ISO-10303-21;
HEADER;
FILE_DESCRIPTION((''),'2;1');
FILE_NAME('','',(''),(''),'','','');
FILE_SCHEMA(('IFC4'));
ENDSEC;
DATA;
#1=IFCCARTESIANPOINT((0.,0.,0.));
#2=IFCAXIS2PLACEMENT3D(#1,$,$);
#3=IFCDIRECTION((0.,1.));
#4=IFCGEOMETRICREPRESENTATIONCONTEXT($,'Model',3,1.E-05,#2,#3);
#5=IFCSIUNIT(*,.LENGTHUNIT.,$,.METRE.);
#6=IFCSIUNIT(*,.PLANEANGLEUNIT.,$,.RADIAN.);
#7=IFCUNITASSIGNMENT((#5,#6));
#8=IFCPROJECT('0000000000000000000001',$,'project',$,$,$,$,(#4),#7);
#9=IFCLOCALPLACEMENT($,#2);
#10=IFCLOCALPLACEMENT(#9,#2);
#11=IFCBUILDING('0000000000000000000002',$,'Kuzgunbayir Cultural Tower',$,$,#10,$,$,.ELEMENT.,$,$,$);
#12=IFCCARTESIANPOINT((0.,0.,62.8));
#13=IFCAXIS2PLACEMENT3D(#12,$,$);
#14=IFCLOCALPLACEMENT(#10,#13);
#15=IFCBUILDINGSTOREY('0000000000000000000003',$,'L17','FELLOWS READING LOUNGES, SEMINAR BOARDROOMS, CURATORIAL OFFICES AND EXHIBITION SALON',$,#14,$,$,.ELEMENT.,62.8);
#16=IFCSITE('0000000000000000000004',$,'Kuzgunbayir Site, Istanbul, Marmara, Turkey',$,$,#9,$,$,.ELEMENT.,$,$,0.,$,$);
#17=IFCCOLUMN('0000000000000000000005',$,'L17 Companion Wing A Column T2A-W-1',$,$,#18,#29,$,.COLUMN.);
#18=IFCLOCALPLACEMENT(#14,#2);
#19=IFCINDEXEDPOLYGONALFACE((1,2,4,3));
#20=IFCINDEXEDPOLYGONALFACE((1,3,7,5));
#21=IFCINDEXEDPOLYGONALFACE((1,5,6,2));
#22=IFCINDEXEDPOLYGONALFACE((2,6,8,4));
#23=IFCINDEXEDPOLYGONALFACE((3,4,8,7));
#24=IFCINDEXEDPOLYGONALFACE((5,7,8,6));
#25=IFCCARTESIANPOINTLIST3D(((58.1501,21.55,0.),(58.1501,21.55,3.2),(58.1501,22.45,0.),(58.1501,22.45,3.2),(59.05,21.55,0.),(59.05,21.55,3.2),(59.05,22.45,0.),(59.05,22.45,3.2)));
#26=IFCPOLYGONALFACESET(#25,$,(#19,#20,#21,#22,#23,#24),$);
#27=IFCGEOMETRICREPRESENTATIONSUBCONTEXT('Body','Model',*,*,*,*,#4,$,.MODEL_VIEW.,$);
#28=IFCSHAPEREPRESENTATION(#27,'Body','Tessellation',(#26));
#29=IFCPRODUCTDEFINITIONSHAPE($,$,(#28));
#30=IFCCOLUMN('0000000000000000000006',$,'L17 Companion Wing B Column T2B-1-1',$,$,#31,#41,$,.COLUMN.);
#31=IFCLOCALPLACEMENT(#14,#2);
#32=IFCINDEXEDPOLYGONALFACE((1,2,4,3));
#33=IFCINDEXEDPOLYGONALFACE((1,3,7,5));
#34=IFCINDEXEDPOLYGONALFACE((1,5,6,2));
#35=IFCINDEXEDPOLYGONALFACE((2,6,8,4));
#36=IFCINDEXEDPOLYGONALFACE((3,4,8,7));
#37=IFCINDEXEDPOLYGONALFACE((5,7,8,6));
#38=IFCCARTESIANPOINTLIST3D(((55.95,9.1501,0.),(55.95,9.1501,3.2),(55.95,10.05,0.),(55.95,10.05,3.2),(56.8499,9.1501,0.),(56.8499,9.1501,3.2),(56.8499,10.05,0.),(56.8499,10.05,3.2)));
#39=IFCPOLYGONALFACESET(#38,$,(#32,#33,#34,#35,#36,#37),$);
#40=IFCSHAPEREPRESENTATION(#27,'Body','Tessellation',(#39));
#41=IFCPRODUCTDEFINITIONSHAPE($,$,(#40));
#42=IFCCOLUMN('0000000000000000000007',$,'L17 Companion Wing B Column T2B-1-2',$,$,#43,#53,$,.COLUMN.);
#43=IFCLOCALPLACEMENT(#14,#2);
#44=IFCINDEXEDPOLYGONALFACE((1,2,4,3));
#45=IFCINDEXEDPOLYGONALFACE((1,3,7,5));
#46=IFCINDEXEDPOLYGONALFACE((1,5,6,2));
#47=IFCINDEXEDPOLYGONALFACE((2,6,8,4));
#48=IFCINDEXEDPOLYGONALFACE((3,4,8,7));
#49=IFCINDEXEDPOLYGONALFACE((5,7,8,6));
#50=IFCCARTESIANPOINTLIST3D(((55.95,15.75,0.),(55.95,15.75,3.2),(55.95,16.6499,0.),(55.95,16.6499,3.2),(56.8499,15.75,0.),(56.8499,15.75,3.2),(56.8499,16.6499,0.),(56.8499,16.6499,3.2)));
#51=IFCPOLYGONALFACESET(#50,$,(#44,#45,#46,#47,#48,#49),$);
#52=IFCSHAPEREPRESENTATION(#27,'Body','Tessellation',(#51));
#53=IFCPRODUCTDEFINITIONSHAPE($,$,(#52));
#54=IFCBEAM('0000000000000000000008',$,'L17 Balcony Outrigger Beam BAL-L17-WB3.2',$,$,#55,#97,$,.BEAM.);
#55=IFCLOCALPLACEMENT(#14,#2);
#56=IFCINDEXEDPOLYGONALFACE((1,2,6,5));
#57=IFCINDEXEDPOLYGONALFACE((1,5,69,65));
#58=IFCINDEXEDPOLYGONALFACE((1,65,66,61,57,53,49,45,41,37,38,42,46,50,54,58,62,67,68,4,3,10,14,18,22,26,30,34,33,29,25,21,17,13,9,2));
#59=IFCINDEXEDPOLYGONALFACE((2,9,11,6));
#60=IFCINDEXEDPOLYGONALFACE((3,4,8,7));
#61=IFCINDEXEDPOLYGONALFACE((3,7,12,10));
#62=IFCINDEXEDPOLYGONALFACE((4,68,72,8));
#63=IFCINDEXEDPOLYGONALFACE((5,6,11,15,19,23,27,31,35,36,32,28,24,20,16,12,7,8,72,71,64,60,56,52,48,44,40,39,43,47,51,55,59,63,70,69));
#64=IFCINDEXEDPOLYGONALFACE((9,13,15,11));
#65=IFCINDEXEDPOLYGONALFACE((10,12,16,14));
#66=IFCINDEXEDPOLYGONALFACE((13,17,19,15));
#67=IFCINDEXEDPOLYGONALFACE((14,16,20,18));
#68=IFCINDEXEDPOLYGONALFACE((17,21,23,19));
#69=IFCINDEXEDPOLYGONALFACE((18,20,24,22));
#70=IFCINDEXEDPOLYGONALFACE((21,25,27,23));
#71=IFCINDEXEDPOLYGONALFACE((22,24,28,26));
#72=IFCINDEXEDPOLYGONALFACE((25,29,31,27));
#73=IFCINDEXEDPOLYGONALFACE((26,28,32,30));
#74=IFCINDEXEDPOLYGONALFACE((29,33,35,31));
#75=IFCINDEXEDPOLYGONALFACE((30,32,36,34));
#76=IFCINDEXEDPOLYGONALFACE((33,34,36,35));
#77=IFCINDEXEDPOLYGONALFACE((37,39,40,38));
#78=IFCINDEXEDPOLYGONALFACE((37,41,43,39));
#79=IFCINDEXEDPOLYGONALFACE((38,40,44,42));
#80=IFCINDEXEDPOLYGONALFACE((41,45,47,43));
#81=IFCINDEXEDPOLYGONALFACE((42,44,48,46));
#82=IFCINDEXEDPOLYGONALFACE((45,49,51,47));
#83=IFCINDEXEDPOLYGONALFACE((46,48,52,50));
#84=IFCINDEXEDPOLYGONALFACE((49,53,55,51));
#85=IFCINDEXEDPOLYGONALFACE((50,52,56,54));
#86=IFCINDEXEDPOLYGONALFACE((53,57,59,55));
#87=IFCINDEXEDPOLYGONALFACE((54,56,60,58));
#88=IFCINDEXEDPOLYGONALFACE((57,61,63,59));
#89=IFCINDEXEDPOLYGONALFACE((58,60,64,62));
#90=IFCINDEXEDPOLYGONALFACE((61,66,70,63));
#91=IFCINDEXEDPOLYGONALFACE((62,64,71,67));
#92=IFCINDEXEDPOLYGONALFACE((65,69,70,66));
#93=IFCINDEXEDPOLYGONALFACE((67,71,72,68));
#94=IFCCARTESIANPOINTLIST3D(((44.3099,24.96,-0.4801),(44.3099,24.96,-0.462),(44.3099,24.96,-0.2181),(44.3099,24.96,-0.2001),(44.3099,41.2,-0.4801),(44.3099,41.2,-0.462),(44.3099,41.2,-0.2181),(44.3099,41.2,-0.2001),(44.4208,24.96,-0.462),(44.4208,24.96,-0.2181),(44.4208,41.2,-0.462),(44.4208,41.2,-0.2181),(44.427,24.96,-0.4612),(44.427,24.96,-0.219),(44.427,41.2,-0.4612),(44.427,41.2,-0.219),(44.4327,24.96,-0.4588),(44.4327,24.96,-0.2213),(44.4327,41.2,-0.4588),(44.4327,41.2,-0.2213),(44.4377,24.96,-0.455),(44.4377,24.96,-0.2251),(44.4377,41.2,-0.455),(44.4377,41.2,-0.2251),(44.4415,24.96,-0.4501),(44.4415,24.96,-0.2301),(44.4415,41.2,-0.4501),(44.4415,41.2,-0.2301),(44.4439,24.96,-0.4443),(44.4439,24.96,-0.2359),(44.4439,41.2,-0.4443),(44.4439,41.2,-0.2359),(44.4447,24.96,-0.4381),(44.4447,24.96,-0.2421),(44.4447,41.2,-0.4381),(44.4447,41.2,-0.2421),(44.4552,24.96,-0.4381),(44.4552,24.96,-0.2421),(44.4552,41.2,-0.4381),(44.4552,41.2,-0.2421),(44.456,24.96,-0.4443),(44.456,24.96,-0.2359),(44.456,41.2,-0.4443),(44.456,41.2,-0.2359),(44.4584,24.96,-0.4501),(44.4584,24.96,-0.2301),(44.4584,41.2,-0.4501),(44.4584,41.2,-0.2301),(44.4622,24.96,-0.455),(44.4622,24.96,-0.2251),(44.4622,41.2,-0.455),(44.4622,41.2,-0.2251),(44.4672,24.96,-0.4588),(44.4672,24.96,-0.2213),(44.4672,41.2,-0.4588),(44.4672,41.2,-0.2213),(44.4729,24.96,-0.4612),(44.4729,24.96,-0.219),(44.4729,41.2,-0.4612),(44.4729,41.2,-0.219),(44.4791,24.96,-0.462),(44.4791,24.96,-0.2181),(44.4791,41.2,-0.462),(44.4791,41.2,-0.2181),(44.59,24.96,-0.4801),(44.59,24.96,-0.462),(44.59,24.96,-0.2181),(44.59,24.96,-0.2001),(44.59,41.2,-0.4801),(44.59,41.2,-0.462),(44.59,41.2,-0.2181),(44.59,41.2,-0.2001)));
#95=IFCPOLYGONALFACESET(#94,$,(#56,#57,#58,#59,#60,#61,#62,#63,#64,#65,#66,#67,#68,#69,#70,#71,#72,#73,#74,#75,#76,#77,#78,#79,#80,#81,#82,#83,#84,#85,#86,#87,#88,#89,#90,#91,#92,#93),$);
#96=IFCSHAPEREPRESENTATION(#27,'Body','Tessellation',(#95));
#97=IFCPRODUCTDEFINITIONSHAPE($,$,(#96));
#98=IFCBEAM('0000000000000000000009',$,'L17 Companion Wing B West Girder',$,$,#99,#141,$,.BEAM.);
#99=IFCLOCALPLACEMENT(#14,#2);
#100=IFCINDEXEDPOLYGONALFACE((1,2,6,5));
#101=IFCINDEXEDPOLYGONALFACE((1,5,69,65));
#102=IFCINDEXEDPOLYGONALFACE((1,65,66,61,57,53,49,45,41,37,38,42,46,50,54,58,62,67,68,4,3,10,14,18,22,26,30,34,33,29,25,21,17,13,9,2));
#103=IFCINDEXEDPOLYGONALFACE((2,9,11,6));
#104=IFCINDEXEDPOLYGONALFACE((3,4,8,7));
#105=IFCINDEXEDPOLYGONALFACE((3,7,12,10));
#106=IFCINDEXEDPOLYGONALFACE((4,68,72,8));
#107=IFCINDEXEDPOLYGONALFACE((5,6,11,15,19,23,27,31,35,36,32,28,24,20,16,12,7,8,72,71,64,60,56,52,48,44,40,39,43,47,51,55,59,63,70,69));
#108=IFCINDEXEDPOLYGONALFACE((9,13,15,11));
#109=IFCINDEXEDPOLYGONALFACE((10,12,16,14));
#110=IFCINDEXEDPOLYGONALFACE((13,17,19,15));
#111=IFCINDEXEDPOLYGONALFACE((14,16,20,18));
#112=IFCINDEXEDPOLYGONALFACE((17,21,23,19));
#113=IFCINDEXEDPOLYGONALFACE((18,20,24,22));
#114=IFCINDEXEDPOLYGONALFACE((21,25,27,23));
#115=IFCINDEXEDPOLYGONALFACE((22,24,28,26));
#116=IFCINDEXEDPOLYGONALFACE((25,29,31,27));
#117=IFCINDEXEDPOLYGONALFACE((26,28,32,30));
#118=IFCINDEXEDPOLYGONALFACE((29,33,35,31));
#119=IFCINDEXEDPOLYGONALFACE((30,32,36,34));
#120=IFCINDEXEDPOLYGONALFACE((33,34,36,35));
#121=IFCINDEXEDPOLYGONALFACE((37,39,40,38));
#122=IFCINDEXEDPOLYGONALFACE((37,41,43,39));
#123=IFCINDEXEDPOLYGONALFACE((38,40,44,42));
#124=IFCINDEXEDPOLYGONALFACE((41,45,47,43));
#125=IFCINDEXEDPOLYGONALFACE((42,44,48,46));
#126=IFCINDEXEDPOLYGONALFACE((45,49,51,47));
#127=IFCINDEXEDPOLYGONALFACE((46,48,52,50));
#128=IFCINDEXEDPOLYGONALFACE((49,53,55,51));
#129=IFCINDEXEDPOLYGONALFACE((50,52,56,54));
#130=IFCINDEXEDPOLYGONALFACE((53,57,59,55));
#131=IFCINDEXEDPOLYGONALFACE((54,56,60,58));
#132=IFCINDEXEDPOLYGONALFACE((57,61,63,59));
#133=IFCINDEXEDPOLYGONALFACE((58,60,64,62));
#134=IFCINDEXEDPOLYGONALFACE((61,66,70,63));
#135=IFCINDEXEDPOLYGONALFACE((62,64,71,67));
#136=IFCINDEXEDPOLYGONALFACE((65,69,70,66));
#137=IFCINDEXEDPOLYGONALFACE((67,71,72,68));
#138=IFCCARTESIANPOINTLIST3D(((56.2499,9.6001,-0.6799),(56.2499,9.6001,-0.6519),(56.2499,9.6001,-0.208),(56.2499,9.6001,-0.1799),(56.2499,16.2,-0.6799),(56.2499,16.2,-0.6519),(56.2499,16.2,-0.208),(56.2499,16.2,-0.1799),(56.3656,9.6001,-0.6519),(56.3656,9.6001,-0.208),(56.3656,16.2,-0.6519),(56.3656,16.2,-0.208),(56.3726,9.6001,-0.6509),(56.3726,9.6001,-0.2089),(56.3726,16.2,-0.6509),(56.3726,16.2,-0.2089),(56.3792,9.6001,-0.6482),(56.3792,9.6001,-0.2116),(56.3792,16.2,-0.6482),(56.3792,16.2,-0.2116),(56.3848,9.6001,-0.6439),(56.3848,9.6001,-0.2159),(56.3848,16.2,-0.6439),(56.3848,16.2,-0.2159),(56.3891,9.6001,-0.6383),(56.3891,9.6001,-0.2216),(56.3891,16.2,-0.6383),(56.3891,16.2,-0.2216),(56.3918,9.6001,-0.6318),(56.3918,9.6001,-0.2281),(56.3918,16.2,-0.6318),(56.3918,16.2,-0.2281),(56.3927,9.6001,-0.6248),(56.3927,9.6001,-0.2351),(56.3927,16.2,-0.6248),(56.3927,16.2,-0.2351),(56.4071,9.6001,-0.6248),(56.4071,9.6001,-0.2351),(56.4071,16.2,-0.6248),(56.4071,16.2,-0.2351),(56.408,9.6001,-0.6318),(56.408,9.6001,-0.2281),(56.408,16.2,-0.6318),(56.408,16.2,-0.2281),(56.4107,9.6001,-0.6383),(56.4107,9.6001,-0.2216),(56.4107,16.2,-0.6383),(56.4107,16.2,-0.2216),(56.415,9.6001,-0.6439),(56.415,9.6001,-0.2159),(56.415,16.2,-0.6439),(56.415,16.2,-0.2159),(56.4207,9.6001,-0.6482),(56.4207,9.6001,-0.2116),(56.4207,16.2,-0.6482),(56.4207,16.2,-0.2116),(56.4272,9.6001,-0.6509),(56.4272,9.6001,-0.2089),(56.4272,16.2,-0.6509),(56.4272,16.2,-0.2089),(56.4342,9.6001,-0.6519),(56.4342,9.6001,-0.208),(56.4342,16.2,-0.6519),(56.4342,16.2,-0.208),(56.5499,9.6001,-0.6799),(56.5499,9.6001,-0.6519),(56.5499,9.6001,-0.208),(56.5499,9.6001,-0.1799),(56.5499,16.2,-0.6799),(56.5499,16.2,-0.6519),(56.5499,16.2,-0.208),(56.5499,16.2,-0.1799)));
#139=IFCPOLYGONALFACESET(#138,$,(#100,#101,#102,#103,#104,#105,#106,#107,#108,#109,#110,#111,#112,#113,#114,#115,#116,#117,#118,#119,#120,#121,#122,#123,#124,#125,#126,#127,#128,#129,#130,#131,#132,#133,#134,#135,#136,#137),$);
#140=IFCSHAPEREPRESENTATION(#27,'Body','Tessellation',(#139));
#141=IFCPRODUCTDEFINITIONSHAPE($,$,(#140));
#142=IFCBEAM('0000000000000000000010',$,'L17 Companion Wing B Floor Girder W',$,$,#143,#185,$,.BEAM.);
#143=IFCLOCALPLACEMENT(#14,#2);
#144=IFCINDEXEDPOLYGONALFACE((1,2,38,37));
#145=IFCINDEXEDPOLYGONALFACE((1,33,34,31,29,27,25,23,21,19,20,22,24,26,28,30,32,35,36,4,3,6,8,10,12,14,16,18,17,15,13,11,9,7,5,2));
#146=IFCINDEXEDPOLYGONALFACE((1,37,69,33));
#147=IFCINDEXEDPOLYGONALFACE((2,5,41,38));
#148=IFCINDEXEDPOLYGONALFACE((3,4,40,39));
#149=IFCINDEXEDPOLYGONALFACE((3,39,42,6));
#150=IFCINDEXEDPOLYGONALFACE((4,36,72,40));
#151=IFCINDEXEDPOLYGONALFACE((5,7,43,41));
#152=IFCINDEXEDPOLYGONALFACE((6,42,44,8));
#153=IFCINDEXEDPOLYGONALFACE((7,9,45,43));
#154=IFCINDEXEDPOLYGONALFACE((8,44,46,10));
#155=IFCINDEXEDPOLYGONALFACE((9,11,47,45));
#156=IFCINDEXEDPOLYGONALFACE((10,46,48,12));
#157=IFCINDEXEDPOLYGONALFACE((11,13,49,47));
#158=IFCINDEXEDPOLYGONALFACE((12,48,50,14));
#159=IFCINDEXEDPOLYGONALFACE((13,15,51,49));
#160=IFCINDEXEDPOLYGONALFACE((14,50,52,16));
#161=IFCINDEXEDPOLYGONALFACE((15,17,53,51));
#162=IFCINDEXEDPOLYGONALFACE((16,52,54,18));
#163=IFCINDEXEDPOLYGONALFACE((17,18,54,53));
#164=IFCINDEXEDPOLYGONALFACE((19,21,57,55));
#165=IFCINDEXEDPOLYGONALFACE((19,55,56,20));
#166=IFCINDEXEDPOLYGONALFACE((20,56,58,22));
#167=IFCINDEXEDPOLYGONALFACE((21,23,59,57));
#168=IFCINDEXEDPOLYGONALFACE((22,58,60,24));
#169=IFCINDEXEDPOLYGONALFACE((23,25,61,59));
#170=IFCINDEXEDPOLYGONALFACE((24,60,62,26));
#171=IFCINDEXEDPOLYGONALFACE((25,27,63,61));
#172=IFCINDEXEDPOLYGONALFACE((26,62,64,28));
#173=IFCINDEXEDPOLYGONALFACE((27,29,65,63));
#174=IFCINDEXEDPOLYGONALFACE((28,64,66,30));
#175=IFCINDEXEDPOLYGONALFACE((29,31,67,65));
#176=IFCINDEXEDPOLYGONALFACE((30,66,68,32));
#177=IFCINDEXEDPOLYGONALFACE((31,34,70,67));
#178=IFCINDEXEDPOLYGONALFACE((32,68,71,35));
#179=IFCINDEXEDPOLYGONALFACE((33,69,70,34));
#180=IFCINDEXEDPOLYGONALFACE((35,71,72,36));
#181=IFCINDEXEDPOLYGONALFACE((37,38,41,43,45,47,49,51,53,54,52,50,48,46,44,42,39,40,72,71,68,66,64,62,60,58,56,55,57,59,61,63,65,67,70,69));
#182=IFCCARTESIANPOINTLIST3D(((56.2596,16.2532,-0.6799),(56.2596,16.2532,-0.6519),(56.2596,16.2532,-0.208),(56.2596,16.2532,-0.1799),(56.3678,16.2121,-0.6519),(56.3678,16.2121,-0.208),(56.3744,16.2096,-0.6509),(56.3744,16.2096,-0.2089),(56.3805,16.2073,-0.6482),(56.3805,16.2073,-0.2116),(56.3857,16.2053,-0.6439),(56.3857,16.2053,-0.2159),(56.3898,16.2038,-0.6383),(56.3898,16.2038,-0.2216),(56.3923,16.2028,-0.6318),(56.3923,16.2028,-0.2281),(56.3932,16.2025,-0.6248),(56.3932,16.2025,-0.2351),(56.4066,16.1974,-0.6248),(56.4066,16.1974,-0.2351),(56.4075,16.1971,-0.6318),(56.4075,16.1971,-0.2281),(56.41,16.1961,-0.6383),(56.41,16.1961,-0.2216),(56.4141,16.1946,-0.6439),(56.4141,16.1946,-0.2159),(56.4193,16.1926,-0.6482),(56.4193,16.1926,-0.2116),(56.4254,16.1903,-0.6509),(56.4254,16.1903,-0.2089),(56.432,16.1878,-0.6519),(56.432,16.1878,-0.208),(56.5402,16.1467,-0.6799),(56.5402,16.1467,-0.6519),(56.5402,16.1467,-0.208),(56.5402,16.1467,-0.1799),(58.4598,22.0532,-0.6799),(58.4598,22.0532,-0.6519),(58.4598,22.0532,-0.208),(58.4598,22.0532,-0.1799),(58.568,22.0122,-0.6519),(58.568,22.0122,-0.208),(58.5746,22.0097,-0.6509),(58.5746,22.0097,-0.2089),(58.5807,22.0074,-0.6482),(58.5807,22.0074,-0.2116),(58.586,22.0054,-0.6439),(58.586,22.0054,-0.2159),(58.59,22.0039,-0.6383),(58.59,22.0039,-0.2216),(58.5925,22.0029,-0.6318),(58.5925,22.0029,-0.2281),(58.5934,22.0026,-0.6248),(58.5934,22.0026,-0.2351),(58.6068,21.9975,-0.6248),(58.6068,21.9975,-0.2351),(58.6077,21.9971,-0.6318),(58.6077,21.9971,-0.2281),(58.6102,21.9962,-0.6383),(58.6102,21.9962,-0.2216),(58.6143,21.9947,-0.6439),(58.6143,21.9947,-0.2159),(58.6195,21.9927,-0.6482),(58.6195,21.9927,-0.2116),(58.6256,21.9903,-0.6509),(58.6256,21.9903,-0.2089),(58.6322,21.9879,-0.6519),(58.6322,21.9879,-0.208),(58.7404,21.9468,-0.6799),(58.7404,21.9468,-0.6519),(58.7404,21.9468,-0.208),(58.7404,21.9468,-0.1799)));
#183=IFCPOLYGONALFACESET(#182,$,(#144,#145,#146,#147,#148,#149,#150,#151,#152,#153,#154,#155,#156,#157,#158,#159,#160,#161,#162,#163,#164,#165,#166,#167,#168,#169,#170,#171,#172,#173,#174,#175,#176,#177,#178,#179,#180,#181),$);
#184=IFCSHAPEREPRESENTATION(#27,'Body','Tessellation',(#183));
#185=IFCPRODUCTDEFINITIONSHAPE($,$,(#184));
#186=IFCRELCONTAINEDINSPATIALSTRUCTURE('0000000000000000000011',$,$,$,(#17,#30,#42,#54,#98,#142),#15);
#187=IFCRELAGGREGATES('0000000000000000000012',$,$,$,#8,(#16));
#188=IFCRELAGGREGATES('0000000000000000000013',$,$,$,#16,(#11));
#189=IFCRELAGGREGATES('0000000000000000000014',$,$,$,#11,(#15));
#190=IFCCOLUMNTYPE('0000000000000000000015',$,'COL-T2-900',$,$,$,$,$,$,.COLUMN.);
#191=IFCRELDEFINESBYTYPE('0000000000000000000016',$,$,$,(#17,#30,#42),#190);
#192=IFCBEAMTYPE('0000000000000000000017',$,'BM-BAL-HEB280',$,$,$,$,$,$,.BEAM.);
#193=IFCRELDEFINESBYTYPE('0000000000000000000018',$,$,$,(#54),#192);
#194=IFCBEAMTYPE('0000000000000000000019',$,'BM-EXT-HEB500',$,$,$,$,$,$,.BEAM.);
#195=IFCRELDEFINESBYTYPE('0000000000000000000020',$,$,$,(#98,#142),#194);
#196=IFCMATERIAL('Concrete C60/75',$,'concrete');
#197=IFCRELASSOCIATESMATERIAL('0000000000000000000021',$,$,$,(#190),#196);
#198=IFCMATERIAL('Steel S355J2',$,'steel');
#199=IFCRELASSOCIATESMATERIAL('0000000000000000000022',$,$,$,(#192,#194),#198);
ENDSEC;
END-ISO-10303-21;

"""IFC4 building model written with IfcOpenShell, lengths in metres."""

from ifc_helpers import new_model, si_unit, direction, frame, origin, origin_2d, place, context, subcontext, project, spatial, rectangle, i_section, extrude, material, material_profile, profile_set, type_object, element, save


model = new_model("IFC4")

# Units and contexts
model_context = context("Model", 3, precision=1e-05, world=origin(), true_north=direction((0.0, 1.0)))
body_context = subcontext(model_context, "Body", "Model", "MODEL_VIEW")
ifc_project = project(units=[si_unit("LENGTHUNIT", "METRE"), si_unit("PLANEANGLEUNIT", "RADIAN")], contexts=[model_context])

# Site, building, storey
site_placement = place(None, origin())
site = spatial("IfcSite", under=ifc_project, at=site_placement, Name="Kuzgunbayir Site, Istanbul, Marmara, Turkey", CompositionType="ELEMENT", RefElevation=0.0)
building_placement = place(site_placement, origin())
building = spatial("IfcBuilding", under=site, at=building_placement, Name="Kuzgunbayir Cultural Tower", CompositionType="ELEMENT")
storey_placement = place(building_placement, frame((0.0, 0.0, 62.8)))
storey = spatial("IfcBuildingStorey", under=building, at=storey_placement, Name="L17", Description="FELLOWS READING LOUNGES, SEMINAR BOARDROOMS, CURATORIAL OFFICES AND EXHIBITION SALON", CompositionType="ELEMENT", Elevation=62.8)

# Columns
ifc_material_1 = material(Name="Concrete C60/75", Category="concrete")
ifc_material_profile_1 = material_profile(ifc_material_1, rectangle(XDim=0.8999, YDim=0.8999, at=origin_2d()), Name="RC 900x900")
ifc_profile_set_1 = profile_set([ifc_material_profile_1], Name="Concrete C60/75")
column_type = type_object("IfcColumnType", Name="COL-T2-900", PredefinedType="COLUMN", material=ifc_profile_set_1)
for number, where, z_axis, x_axis, name in (
    (1, (58.6001, 22.0, 0.0), (0.0, 0.0, 1.0), (1.0, 0.0, 0.0), "L17 Companion Wing A Column T2A-W-1"),
    (2, (56.3999, 9.6001, 0.0), (0.0, 0.0, 1.0), (1.0, 0.0, 0.0), "L17 Companion Wing B Column T2B-1-1"),
    (3, (56.3999, 16.2, 0.0), (0.0, 0.0, 1.0), (1.0, 0.0, 0.0), "L17 Companion Wing B Column T2B-1-2"),
):
    element("IfcColumn", number, at=place(storey_placement, frame(where, z_axis=z_axis, x_axis=x_axis)), inside=storey, type_object=column_type, Name=name, PredefinedType="COLUMN", context=body_context, shape_type="SweptSolid", body=[
        extrude(rectangle(XDim=0.8999, YDim=0.8999, at=origin_2d()), origin(), (0.0, 0.0, 1.0), 3.2),
    ])

# Beams
ifc_material_2 = material(Name="Steel S355J2", Category="steel")
ifc_material_profile_2 = material_profile(ifc_material_2, i_section(OverallWidth=0.28, OverallDepth=0.28, WebThickness=0.0105, FlangeThickness=0.0181, FilletRadius=0.0239, at=origin_2d()), Name="HEB 280")
ifc_profile_set_2 = profile_set([ifc_material_profile_2], Name="Steel S355J2")
beam_type_1 = type_object("IfcBeamType", Name="BM-BAL-HEB280", PredefinedType="BEAM", material=ifc_profile_set_2)
beam_1_placement = place(storey_placement, frame((44.45, 24.96, -0.3401), z_axis=(0.0, 1.0, 0.0), x_axis=(-1.0, 0.0, 0.0)))
element("IfcBeam", 4, at=beam_1_placement, inside=storey, type_object=beam_type_1, Name="L17 Balcony Outrigger Beam BAL-L17-WB3.2", PredefinedType="BEAM", context=body_context, shape_type="SweptSolid", body=[
    extrude(i_section(OverallWidth=0.28, OverallDepth=0.28, WebThickness=0.0105, FlangeThickness=0.0181, FilletRadius=0.0239, at=origin_2d()), origin(), (0.0, 0.0, 1.0), 16.24),
])
ifc_material_profile_3 = material_profile(ifc_material_2, i_section(OverallWidth=0.3, OverallDepth=0.5, WebThickness=0.0144, FlangeThickness=0.0281, FilletRadius=0.0271, at=origin_2d()), Name="HEB 500")
ifc_profile_set_3 = profile_set([ifc_material_profile_3], Name="Steel S355J2")
beam_type_2 = type_object("IfcBeamType", Name="BM-EXT-HEB500", PredefinedType="BEAM", material=ifc_profile_set_3)
beam_2_placement = place(storey_placement, frame((56.3999, 9.6001, -0.4299), z_axis=(0.0, 1.0, 0.0), x_axis=(-1.0, 0.0, 0.0)))
element("IfcBeam", 5, at=beam_2_placement, inside=storey, type_object=beam_type_2, Name="L17 Companion Wing B West Girder", PredefinedType="BEAM", context=body_context, shape_type="SweptSolid", body=[
    extrude(i_section(OverallWidth=0.3, OverallDepth=0.5, WebThickness=0.0144, FlangeThickness=0.0281, FilletRadius=0.0271, at=origin_2d()), origin(), (0.0, 0.0, 1.0), 6.5999),
])
beam_3_placement = place(storey_placement, frame((56.3999, 16.2, -0.4299), z_axis=(0.354679, 0.934988, 0.0), x_axis=(-0.934988, 0.354679, 0.0)))
element("IfcBeam", 6, at=beam_3_placement, inside=storey, type_object=beam_type_2, Name="L17 Companion Wing B Floor Girder W", PredefinedType="BEAM", context=body_context, shape_type="SweptSolid", body=[
    extrude(i_section(OverallWidth=0.3, OverallDepth=0.5, WebThickness=0.0144, FlangeThickness=0.0281, FilletRadius=0.0271, at=origin_2d()), origin(), (0.0, 0.0, 1.0), 6.2034),
])

save(model, "model.ifc")
